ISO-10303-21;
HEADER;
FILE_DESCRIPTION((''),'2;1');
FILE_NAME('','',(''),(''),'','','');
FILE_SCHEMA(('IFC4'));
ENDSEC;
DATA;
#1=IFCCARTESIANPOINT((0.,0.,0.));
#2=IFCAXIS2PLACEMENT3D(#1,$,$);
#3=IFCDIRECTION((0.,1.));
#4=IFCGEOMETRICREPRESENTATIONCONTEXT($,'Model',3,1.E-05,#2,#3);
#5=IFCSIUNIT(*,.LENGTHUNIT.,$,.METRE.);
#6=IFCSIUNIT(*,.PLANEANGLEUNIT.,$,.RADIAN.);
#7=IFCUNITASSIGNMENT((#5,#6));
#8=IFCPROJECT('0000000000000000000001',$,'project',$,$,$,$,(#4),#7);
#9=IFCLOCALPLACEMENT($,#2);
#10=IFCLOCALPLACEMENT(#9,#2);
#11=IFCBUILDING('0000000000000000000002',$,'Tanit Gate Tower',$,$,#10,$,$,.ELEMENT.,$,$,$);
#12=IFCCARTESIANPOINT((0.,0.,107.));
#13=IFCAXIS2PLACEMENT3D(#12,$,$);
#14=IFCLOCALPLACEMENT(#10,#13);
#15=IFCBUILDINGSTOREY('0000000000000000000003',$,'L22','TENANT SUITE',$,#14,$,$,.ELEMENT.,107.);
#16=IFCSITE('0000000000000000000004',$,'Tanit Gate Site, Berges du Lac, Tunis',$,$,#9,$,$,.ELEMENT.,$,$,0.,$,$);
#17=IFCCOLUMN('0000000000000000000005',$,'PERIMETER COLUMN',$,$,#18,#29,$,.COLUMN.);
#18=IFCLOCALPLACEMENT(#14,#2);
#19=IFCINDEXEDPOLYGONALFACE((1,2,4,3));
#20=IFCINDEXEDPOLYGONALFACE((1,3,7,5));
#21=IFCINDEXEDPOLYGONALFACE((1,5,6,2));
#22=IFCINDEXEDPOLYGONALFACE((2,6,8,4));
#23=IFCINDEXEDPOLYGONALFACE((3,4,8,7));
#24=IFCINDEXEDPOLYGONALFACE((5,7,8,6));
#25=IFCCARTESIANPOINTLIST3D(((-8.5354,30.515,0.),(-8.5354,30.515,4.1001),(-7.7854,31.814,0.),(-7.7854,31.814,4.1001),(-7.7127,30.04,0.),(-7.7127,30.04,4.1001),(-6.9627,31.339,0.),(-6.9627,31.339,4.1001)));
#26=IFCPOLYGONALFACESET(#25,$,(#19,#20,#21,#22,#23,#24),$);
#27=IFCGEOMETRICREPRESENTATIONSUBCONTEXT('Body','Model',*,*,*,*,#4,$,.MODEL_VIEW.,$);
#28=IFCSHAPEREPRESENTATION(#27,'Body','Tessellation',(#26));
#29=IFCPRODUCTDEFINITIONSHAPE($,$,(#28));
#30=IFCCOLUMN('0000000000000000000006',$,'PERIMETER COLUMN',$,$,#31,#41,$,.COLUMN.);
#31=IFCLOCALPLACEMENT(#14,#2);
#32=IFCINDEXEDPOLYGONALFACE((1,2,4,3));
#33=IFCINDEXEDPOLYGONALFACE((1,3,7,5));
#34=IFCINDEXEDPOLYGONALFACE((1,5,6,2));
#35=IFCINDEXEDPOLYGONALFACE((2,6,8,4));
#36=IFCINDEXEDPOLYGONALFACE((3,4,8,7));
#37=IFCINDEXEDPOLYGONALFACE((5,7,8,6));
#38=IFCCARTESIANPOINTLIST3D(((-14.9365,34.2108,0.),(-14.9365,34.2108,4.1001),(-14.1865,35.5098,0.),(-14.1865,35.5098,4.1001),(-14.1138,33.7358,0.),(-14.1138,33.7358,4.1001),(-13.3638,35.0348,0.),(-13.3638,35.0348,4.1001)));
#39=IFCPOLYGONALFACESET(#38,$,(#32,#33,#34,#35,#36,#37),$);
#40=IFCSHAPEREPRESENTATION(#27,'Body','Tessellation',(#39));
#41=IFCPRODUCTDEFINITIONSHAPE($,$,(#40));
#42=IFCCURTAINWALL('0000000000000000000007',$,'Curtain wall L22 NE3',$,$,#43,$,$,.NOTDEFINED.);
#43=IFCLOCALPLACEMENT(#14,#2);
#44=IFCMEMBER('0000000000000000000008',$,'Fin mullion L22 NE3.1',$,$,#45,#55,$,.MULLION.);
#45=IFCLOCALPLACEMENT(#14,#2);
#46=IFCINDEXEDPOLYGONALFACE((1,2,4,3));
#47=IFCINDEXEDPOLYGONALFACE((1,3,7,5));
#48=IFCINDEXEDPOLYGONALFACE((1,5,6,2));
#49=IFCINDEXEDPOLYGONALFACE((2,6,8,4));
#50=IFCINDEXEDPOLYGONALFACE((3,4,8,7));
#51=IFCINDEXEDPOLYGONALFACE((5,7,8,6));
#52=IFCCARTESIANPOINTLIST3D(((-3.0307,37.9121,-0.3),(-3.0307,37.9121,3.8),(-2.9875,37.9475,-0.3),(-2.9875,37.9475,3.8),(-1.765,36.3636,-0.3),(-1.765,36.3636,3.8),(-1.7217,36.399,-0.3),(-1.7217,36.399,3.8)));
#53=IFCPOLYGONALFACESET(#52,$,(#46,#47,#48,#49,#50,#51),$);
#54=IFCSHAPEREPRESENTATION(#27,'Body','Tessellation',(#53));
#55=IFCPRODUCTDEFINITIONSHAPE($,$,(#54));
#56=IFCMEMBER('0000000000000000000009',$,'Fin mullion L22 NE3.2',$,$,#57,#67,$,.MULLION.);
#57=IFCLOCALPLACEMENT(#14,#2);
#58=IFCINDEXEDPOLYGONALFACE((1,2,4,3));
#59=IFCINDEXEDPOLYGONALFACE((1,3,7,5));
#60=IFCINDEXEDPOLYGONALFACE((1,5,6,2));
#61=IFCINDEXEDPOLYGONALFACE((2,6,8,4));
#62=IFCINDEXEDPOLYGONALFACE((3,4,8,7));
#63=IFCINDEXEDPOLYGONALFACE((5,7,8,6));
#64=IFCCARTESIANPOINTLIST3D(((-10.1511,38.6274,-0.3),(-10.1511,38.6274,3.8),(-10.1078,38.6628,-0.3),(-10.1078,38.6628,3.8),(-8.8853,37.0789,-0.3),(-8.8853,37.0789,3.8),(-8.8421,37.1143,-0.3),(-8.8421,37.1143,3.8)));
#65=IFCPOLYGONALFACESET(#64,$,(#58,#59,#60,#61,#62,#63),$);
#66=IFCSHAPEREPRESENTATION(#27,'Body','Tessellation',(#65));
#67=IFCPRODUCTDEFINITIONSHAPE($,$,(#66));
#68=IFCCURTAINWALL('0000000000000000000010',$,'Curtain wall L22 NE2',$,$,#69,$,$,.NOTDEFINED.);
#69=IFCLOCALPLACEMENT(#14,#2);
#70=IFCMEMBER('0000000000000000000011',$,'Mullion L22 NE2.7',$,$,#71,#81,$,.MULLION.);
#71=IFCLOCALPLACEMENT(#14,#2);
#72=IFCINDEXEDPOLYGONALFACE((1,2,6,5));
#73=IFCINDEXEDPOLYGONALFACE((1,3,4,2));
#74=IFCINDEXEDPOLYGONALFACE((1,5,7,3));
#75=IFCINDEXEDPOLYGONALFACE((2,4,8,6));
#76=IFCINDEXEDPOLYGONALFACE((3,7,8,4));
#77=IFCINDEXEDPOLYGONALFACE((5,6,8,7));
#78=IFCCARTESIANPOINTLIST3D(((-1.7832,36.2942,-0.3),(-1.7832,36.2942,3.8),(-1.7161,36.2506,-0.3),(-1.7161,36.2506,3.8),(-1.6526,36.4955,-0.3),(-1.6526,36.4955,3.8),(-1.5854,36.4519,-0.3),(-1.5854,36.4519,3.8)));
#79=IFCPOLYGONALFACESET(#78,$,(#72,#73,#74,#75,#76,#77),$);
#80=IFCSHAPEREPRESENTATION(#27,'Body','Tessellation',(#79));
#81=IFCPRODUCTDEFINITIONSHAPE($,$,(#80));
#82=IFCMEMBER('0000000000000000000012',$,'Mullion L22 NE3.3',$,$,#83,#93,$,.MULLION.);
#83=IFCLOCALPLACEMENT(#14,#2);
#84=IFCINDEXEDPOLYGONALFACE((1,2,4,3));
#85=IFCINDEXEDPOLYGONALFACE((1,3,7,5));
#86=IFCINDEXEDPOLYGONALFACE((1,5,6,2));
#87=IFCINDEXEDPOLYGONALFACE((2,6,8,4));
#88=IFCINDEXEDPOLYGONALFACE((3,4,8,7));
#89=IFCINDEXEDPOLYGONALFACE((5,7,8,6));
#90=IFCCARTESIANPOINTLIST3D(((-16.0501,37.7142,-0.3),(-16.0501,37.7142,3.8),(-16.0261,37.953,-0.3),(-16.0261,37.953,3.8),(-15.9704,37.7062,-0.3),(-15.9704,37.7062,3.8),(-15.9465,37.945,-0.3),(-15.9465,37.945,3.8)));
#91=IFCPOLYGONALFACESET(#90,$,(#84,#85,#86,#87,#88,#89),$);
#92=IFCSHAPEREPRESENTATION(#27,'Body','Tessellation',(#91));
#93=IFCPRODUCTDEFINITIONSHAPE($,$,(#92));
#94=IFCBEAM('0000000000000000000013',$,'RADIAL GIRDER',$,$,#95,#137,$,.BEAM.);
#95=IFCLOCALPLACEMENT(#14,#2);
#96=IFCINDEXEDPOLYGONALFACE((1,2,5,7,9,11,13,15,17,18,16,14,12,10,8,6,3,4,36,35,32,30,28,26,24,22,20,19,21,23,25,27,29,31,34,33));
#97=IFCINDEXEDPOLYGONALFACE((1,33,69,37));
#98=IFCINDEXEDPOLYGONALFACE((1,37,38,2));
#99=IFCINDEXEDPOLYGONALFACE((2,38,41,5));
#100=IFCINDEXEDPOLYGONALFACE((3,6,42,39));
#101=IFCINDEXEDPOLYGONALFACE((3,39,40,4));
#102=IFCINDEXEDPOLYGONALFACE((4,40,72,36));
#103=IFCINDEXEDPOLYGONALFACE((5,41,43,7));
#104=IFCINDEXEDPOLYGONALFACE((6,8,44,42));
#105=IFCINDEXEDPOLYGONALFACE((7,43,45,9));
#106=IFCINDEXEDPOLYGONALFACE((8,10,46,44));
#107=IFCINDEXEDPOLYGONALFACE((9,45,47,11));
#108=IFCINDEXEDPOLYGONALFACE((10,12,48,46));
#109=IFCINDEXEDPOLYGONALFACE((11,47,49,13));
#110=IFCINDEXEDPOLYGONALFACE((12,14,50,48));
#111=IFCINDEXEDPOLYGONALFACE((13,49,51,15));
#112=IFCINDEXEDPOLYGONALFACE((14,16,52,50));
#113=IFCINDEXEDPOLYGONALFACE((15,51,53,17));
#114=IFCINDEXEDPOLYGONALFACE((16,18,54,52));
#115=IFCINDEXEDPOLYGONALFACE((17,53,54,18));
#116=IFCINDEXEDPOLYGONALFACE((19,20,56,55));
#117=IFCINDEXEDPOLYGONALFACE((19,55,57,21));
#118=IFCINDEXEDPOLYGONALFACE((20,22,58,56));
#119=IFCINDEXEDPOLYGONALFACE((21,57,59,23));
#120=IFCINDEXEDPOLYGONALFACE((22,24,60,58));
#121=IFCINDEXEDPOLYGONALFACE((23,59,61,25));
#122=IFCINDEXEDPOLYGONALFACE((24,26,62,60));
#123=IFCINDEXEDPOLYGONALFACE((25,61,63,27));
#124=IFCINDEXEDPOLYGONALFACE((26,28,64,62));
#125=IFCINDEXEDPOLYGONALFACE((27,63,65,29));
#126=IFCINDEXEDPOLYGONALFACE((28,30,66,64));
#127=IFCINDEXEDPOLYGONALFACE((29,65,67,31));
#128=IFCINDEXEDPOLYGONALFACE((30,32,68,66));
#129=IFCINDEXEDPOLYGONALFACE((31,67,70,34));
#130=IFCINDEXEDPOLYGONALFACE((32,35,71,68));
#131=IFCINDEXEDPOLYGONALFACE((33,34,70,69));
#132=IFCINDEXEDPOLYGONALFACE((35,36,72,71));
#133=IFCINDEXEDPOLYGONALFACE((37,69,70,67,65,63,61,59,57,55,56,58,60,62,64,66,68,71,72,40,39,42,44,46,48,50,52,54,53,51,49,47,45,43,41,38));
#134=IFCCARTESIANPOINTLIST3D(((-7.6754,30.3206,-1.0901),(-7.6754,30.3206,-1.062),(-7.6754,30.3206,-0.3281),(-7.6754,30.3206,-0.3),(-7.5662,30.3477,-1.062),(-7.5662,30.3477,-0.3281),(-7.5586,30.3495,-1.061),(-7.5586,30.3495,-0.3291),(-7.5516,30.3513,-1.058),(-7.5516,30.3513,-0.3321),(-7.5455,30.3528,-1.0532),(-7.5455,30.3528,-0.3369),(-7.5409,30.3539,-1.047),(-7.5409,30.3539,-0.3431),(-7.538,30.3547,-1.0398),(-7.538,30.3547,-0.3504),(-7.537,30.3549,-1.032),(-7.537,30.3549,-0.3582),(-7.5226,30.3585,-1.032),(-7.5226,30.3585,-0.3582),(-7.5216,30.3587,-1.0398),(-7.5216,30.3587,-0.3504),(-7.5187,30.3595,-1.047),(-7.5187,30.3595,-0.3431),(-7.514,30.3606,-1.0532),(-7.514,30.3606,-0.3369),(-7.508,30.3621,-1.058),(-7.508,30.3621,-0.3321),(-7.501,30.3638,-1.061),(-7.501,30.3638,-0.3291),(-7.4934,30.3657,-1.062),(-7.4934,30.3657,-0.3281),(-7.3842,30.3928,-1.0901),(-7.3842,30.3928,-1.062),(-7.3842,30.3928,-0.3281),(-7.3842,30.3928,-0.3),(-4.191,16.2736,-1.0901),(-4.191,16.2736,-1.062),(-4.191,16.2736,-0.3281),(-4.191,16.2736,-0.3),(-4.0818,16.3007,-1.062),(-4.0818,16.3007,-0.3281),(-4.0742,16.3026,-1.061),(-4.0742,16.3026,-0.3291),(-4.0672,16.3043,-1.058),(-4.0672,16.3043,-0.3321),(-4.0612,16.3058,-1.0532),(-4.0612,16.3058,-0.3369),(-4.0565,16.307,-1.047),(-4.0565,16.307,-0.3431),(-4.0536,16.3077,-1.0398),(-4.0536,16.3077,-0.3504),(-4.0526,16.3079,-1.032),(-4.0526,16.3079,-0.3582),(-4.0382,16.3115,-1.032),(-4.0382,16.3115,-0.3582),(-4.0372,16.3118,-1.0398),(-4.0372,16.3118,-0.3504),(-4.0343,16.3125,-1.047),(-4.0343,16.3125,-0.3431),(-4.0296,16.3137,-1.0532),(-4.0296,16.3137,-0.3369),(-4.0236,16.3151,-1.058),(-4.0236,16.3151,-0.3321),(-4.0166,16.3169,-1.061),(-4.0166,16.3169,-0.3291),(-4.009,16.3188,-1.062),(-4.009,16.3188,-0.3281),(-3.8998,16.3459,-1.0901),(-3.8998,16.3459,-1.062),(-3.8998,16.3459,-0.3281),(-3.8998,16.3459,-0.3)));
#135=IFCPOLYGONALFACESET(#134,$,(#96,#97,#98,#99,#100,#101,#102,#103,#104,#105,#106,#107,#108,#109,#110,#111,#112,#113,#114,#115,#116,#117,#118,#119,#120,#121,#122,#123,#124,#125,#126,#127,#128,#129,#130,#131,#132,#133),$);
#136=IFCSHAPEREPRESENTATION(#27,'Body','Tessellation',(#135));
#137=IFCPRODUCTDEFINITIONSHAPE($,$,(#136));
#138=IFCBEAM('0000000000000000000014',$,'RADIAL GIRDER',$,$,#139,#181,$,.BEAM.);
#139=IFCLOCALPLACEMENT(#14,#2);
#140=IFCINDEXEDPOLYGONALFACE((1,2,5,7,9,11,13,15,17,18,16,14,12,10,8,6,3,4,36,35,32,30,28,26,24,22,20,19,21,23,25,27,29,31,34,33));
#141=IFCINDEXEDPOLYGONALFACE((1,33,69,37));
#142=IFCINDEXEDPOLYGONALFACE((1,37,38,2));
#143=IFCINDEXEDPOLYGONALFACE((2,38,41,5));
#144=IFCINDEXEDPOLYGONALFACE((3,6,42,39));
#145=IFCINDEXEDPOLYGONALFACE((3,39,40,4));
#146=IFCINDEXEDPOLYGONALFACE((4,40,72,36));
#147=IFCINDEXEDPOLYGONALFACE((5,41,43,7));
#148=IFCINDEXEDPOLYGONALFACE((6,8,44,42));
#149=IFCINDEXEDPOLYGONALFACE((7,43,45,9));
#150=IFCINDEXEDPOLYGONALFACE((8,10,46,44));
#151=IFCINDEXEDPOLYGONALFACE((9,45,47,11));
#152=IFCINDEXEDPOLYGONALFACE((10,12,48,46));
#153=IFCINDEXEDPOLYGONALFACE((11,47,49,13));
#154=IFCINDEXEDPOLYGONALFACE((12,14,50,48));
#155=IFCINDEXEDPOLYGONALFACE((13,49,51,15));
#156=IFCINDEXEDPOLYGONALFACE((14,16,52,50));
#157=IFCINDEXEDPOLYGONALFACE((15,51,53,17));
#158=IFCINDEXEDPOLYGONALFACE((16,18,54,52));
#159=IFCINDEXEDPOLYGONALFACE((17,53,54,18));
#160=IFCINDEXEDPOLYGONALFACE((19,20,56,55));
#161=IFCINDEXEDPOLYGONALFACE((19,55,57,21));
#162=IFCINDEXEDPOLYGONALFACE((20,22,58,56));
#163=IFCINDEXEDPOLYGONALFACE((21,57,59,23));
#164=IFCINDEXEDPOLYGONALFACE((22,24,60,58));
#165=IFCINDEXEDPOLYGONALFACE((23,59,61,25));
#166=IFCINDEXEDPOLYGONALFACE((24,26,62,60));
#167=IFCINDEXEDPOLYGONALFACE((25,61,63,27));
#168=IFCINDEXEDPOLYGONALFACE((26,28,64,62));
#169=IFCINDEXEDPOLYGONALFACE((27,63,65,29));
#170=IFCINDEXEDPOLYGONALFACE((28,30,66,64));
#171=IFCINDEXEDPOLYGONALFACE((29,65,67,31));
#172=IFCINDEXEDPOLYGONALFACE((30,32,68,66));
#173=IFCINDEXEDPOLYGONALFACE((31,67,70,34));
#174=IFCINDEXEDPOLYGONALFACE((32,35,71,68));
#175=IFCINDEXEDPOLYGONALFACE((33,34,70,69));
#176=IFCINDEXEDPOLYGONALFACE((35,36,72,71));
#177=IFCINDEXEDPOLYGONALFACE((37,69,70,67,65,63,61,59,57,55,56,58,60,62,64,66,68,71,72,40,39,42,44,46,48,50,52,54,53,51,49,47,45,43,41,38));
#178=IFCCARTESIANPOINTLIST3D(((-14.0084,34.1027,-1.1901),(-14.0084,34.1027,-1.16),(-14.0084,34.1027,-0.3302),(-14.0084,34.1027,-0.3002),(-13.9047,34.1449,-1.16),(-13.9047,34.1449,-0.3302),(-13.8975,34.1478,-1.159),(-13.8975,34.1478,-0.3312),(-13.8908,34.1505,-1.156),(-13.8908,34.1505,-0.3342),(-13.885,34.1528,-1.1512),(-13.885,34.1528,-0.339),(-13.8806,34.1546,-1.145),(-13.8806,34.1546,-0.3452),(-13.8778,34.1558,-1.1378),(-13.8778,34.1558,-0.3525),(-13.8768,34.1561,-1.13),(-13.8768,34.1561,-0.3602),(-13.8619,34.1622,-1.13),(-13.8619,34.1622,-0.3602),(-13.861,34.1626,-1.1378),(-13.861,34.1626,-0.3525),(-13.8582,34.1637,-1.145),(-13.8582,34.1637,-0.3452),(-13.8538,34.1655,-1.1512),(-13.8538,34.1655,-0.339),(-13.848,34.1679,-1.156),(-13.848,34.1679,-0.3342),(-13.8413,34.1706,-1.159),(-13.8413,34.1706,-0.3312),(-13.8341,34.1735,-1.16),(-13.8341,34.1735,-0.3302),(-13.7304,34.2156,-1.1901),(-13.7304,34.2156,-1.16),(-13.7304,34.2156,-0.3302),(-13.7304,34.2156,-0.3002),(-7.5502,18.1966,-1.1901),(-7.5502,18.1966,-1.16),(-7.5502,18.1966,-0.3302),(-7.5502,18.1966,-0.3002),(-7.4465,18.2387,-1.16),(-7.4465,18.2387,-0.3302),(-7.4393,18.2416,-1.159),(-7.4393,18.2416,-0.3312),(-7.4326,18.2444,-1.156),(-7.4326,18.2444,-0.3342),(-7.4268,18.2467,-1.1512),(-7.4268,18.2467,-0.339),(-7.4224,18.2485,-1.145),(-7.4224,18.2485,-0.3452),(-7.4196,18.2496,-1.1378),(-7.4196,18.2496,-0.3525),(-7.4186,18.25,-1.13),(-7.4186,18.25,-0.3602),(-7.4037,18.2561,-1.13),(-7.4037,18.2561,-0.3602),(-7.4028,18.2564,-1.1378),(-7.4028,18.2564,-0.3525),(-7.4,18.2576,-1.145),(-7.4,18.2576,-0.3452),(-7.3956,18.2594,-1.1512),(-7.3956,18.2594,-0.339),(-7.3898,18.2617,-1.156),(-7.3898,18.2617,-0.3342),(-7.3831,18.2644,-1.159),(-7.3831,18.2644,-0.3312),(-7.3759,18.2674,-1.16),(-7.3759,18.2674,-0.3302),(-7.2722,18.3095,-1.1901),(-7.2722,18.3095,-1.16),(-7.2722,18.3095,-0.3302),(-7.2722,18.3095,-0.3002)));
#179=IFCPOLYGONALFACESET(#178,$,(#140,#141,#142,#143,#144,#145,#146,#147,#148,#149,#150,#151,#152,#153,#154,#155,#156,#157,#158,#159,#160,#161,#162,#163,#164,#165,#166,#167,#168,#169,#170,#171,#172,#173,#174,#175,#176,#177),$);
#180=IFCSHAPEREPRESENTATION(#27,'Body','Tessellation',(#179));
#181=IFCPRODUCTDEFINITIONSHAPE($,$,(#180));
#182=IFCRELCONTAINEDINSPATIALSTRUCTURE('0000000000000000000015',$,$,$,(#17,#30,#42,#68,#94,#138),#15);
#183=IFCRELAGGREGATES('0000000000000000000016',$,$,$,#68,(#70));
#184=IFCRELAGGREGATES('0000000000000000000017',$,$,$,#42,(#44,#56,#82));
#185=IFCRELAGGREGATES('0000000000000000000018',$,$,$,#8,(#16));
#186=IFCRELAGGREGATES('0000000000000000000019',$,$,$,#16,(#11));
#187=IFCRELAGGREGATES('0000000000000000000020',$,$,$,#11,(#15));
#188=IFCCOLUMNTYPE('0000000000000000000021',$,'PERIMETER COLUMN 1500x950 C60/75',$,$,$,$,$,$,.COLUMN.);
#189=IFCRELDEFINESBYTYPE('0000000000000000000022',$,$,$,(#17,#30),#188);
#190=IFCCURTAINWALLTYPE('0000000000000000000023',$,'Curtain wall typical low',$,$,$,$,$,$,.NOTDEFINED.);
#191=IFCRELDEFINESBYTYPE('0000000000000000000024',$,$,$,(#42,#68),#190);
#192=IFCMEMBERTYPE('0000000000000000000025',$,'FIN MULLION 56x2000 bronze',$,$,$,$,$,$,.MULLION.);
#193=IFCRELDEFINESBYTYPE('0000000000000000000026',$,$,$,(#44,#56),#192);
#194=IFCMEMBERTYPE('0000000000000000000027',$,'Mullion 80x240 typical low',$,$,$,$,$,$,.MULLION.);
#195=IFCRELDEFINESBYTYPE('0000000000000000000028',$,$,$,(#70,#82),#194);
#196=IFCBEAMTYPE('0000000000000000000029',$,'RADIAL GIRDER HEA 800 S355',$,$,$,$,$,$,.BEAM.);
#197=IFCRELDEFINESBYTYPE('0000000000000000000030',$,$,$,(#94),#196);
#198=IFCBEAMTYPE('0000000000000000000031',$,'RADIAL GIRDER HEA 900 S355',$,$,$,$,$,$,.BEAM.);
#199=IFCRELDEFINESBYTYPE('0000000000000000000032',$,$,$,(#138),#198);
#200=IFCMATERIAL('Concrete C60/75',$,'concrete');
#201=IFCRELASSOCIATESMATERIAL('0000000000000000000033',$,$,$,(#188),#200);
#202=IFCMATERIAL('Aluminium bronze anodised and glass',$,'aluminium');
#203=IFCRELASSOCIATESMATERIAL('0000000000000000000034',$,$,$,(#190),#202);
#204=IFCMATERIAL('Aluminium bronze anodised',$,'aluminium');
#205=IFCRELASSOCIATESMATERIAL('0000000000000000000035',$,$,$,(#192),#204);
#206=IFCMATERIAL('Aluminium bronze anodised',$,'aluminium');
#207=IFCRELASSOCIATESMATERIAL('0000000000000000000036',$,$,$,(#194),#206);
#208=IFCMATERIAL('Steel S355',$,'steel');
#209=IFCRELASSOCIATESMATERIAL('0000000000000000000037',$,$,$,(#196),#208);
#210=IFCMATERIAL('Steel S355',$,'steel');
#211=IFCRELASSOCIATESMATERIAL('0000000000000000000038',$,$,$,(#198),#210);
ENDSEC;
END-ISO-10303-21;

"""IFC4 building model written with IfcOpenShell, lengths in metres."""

from ifc_helpers import new_model, si_unit, direction, frame, origin, origin_2d, place, context, subcontext, project, spatial, rectangle, i_section, extrude, material, material_profile, profile_set, type_object, element, aggregate, save


model = new_model("IFC4")

# Units and contexts
model_context = context("Model", 3, precision=1e-05, world=origin(), true_north=direction((0.0, 1.0)))
body_context = subcontext(model_context, "Body", "Model", "MODEL_VIEW")
ifc_project = project(units=[si_unit("LENGTHUNIT", "METRE"), si_unit("PLANEANGLEUNIT", "RADIAN")], contexts=[model_context])

# Site, building, storey
site_placement = place(None, origin())
site = spatial("IfcSite", under=ifc_project, at=site_placement, Name="Tanit Gate Site, Berges du Lac, Tunis", CompositionType="ELEMENT", RefElevation=0.0)
building_placement = place(site_placement, origin())
building = spatial("IfcBuilding", under=site, at=building_placement, Name="Tanit Gate Tower", CompositionType="ELEMENT")
storey_placement = place(building_placement, frame((0.0, 0.0, 107.0)))
storey = spatial("IfcBuildingStorey", under=building, at=storey_placement, Name="L22", Description="TENANT SUITE", CompositionType="ELEMENT", Elevation=107.0)

# Columns
ifc_material_1 = material(Name="Concrete C60/75", Category="concrete")
ifc_material_profile_1 = material_profile(ifc_material_1, rectangle(XDim=1.5, YDim=0.95, at=origin_2d()), Name="RC 1500x950")
ifc_profile_set_1 = profile_set([ifc_material_profile_1], Name="Concrete C60/75")
column_type = type_object("IfcColumnType", Name="PERIMETER COLUMN 1500x950 C60/75", PredefinedType="COLUMN", material=ifc_profile_set_1)
for number, where, z_axis, x_axis, name in (
    (1, (-7.749, 30.927, 0.0), (0.0, 0.0, 1.0), (0.5, 0.866025, 0.0), "PERIMETER COLUMN"),
    (2, (-14.1501, 34.6228, 0.0), (0.0, 0.0, 1.0), (0.5, 0.866025, 0.0), "PERIMETER COLUMN"),
):
    element("IfcColumn", number, at=place(storey_placement, frame(where, z_axis=z_axis, x_axis=x_axis)), inside=storey, type_object=column_type, Name=name, PredefinedType="COLUMN", context=body_context, shape_type="SweptSolid", body=[
        extrude(rectangle(XDim=1.5, YDim=0.95, at=origin_2d()), origin(), (0.0, 0.0, 1.0), 4.1001),
    ])

# Curtain wall, members
ifc_material_2 = material(Name="Aluminium bronze anodised and glass", Category="aluminium")
curtain_wall_type = type_object("IfcCurtainWallType", Name="Curtain wall typical low", PredefinedType="NOTDEFINED", material=ifc_material_2)
curtain_wall_1_placement = place(storey_placement, origin())
curtain_wall_1 = element("IfcCurtainWall", 3, at=curtain_wall_1_placement, inside=storey, type_object=curtain_wall_type, Name="Curtain wall L22 NE3", PredefinedType="NOTDEFINED")
ifc_material_3 = material(Name="Aluminium bronze anodised", Category="aluminium")
ifc_material_profile_2 = material_profile(ifc_material_3, rectangle(XDim=2.0, YDim=0.0559, at=origin_2d()), Name="56x2000 bronze fin mullion")
ifc_profile_set_2 = profile_set([ifc_material_profile_2], Name="Aluminium bronze anodised")
member_type_1 = type_object("IfcMemberType", Name="FIN MULLION 56x2000 bronze", PredefinedType="MULLION", material=ifc_profile_set_2)
member_1_placement = place(storey_placement, frame((-2.3762, 37.1555, -0.3), z_axis=(0.0, 0.0, 1.0), x_axis=(0.632883, -0.774247, 0.0)))
member_1 = element("IfcMember", 4, at=member_1_placement, type_object=member_type_1, Name="Fin mullion L22 NE3.1", PredefinedType="MULLION", context=body_context, shape_type="SweptSolid", body=[
    extrude(rectangle(XDim=2.0, YDim=0.0559, at=origin_2d()), origin(), (0.0, 0.0, 1.0), 4.1001),
])
member_2_placement = place(storey_placement, frame((-9.4966, 37.8708, -0.3), z_axis=(0.0, 0.0, 1.0), x_axis=(0.632883, -0.774247, 0.0)))
member_2 = element("IfcMember", 5, at=member_2_placement, type_object=member_type_1, Name="Fin mullion L22 NE3.2", PredefinedType="MULLION", context=body_context, shape_type="SweptSolid", body=[
    extrude(rectangle(XDim=2.0, YDim=0.0559, at=origin_2d()), origin(), (0.0, 0.0, 1.0), 4.1001),
])

# Curtain wall, member
curtain_wall_2_placement = place(storey_placement, origin())
curtain_wall_2 = element("IfcCurtainWall", 6, at=curtain_wall_2_placement, inside=storey, type_object=curtain_wall_type, Name="Curtain wall L22 NE2", PredefinedType="NOTDEFINED")
ifc_material_4 = material(Name="Aluminium bronze anodised", Category="aluminium")
ifc_material_profile_3 = material_profile(ifc_material_4, rectangle(XDim=0.24, YDim=0.0801, at=origin_2d()), Name="80x240 bronze mullion")
ifc_profile_set_3 = profile_set([ifc_material_profile_3], Name="Aluminium bronze anodised")
member_type_2 = type_object("IfcMemberType", Name="Mullion 80x240 typical low", PredefinedType="MULLION", material=ifc_profile_set_3)
member_3_placement = place(storey_placement, frame((-1.6843, 36.373, -0.3), z_axis=(0.0, 0.0, 1.0), x_axis=(-0.544359, -0.838852, 0.0)))
member_3 = element("IfcMember", 7, at=member_3_placement, type_object=member_type_2, Name="Mullion L22 NE2.7", PredefinedType="MULLION", context=body_context, shape_type="SweptSolid", body=[
    extrude(rectangle(XDim=0.24, YDim=0.0801, at=origin_2d()), origin(), (0.0, 0.0, 1.0), 4.1001),
])
aggregate(curtain_wall_2, [member_3])

# Member
member_4_placement = place(storey_placement, frame((-15.9983, 37.8296, -0.3), z_axis=(0.0, 0.0, 1.0), x_axis=(-0.099959, -0.994992, 0.0)))
member_4 = element("IfcMember", 8, at=member_4_placement, type_object=member_type_2, Name="Mullion L22 NE3.3", PredefinedType="MULLION", context=body_context, shape_type="SweptSolid", body=[
    extrude(rectangle(XDim=0.24, YDim=0.0801, at=origin_2d()), origin(), (0.0, 0.0, 1.0), 4.1001),
])

# Beams
ifc_material_5 = material(Name="Steel S355", Category="steel")
ifc_material_profile_4 = material_profile(ifc_material_5, i_section(OverallWidth=0.3, OverallDepth=0.79, WebThickness=0.0149, FlangeThickness=0.0281, FilletRadius=0.03, at=origin_2d()), Name="HEA 800")
ifc_profile_set_4 = profile_set([ifc_material_profile_4], Name="Steel S355")
beam_type_1 = type_object("IfcBeamType", Name="RADIAL GIRDER HEA 800 S355", PredefinedType="BEAM", material=ifc_profile_set_4)
beam_1_placement = place(storey_placement, frame((-7.5298, 30.3567, -0.6951), z_axis=(0.240757, -0.970585, 0.0), x_axis=(0.970585, 0.240757, 0.0)))
element("IfcBeam", 9, at=beam_1_placement, inside=storey, type_object=beam_type_1, Name="RADIAL GIRDER", PredefinedType="BEAM", context=body_context, shape_type="SweptSolid", body=[
    extrude(i_section(OverallWidth=0.3, OverallDepth=0.79, WebThickness=0.0149, FlangeThickness=0.0281, FilletRadius=0.03, at=origin_2d()), origin(), (0.0, 0.0, 1.0), 14.4727),
])
ifc_material_6 = material(Name="Steel S355", Category="steel")
ifc_material_profile_5 = material_profile(ifc_material_6, i_section(OverallWidth=0.3, OverallDepth=0.8899, WebThickness=0.0161, FlangeThickness=0.03, FilletRadius=0.03, at=origin_2d()), Name="HEA 900")
ifc_profile_set_5 = profile_set([ifc_material_profile_5], Name="Steel S355")
beam_type_2 = type_object("IfcBeamType", Name="RADIAL GIRDER HEA 900 S355", PredefinedType="BEAM", material=ifc_profile_set_5)
beam_2_placement = place(storey_placement, frame((-13.8694, 34.1592, -0.7451), z_axis=(0.376194, -0.926541, 0.0), x_axis=(0.926541, 0.376194, 0.0)))
element("IfcBeam", 10, at=beam_2_placement, inside=storey, type_object=beam_type_2, Name="RADIAL GIRDER", PredefinedType="BEAM", context=body_context, shape_type="SweptSolid", body=[
    extrude(i_section(OverallWidth=0.3, OverallDepth=0.8899, WebThickness=0.0161, FlangeThickness=0.03, FilletRadius=0.03, at=origin_2d()), origin(), (0.0, 0.0, 1.0), 17.1672),
])

aggregate(curtain_wall_1, [member_1, member_2, member_4])

save(model, "model.ifc")
